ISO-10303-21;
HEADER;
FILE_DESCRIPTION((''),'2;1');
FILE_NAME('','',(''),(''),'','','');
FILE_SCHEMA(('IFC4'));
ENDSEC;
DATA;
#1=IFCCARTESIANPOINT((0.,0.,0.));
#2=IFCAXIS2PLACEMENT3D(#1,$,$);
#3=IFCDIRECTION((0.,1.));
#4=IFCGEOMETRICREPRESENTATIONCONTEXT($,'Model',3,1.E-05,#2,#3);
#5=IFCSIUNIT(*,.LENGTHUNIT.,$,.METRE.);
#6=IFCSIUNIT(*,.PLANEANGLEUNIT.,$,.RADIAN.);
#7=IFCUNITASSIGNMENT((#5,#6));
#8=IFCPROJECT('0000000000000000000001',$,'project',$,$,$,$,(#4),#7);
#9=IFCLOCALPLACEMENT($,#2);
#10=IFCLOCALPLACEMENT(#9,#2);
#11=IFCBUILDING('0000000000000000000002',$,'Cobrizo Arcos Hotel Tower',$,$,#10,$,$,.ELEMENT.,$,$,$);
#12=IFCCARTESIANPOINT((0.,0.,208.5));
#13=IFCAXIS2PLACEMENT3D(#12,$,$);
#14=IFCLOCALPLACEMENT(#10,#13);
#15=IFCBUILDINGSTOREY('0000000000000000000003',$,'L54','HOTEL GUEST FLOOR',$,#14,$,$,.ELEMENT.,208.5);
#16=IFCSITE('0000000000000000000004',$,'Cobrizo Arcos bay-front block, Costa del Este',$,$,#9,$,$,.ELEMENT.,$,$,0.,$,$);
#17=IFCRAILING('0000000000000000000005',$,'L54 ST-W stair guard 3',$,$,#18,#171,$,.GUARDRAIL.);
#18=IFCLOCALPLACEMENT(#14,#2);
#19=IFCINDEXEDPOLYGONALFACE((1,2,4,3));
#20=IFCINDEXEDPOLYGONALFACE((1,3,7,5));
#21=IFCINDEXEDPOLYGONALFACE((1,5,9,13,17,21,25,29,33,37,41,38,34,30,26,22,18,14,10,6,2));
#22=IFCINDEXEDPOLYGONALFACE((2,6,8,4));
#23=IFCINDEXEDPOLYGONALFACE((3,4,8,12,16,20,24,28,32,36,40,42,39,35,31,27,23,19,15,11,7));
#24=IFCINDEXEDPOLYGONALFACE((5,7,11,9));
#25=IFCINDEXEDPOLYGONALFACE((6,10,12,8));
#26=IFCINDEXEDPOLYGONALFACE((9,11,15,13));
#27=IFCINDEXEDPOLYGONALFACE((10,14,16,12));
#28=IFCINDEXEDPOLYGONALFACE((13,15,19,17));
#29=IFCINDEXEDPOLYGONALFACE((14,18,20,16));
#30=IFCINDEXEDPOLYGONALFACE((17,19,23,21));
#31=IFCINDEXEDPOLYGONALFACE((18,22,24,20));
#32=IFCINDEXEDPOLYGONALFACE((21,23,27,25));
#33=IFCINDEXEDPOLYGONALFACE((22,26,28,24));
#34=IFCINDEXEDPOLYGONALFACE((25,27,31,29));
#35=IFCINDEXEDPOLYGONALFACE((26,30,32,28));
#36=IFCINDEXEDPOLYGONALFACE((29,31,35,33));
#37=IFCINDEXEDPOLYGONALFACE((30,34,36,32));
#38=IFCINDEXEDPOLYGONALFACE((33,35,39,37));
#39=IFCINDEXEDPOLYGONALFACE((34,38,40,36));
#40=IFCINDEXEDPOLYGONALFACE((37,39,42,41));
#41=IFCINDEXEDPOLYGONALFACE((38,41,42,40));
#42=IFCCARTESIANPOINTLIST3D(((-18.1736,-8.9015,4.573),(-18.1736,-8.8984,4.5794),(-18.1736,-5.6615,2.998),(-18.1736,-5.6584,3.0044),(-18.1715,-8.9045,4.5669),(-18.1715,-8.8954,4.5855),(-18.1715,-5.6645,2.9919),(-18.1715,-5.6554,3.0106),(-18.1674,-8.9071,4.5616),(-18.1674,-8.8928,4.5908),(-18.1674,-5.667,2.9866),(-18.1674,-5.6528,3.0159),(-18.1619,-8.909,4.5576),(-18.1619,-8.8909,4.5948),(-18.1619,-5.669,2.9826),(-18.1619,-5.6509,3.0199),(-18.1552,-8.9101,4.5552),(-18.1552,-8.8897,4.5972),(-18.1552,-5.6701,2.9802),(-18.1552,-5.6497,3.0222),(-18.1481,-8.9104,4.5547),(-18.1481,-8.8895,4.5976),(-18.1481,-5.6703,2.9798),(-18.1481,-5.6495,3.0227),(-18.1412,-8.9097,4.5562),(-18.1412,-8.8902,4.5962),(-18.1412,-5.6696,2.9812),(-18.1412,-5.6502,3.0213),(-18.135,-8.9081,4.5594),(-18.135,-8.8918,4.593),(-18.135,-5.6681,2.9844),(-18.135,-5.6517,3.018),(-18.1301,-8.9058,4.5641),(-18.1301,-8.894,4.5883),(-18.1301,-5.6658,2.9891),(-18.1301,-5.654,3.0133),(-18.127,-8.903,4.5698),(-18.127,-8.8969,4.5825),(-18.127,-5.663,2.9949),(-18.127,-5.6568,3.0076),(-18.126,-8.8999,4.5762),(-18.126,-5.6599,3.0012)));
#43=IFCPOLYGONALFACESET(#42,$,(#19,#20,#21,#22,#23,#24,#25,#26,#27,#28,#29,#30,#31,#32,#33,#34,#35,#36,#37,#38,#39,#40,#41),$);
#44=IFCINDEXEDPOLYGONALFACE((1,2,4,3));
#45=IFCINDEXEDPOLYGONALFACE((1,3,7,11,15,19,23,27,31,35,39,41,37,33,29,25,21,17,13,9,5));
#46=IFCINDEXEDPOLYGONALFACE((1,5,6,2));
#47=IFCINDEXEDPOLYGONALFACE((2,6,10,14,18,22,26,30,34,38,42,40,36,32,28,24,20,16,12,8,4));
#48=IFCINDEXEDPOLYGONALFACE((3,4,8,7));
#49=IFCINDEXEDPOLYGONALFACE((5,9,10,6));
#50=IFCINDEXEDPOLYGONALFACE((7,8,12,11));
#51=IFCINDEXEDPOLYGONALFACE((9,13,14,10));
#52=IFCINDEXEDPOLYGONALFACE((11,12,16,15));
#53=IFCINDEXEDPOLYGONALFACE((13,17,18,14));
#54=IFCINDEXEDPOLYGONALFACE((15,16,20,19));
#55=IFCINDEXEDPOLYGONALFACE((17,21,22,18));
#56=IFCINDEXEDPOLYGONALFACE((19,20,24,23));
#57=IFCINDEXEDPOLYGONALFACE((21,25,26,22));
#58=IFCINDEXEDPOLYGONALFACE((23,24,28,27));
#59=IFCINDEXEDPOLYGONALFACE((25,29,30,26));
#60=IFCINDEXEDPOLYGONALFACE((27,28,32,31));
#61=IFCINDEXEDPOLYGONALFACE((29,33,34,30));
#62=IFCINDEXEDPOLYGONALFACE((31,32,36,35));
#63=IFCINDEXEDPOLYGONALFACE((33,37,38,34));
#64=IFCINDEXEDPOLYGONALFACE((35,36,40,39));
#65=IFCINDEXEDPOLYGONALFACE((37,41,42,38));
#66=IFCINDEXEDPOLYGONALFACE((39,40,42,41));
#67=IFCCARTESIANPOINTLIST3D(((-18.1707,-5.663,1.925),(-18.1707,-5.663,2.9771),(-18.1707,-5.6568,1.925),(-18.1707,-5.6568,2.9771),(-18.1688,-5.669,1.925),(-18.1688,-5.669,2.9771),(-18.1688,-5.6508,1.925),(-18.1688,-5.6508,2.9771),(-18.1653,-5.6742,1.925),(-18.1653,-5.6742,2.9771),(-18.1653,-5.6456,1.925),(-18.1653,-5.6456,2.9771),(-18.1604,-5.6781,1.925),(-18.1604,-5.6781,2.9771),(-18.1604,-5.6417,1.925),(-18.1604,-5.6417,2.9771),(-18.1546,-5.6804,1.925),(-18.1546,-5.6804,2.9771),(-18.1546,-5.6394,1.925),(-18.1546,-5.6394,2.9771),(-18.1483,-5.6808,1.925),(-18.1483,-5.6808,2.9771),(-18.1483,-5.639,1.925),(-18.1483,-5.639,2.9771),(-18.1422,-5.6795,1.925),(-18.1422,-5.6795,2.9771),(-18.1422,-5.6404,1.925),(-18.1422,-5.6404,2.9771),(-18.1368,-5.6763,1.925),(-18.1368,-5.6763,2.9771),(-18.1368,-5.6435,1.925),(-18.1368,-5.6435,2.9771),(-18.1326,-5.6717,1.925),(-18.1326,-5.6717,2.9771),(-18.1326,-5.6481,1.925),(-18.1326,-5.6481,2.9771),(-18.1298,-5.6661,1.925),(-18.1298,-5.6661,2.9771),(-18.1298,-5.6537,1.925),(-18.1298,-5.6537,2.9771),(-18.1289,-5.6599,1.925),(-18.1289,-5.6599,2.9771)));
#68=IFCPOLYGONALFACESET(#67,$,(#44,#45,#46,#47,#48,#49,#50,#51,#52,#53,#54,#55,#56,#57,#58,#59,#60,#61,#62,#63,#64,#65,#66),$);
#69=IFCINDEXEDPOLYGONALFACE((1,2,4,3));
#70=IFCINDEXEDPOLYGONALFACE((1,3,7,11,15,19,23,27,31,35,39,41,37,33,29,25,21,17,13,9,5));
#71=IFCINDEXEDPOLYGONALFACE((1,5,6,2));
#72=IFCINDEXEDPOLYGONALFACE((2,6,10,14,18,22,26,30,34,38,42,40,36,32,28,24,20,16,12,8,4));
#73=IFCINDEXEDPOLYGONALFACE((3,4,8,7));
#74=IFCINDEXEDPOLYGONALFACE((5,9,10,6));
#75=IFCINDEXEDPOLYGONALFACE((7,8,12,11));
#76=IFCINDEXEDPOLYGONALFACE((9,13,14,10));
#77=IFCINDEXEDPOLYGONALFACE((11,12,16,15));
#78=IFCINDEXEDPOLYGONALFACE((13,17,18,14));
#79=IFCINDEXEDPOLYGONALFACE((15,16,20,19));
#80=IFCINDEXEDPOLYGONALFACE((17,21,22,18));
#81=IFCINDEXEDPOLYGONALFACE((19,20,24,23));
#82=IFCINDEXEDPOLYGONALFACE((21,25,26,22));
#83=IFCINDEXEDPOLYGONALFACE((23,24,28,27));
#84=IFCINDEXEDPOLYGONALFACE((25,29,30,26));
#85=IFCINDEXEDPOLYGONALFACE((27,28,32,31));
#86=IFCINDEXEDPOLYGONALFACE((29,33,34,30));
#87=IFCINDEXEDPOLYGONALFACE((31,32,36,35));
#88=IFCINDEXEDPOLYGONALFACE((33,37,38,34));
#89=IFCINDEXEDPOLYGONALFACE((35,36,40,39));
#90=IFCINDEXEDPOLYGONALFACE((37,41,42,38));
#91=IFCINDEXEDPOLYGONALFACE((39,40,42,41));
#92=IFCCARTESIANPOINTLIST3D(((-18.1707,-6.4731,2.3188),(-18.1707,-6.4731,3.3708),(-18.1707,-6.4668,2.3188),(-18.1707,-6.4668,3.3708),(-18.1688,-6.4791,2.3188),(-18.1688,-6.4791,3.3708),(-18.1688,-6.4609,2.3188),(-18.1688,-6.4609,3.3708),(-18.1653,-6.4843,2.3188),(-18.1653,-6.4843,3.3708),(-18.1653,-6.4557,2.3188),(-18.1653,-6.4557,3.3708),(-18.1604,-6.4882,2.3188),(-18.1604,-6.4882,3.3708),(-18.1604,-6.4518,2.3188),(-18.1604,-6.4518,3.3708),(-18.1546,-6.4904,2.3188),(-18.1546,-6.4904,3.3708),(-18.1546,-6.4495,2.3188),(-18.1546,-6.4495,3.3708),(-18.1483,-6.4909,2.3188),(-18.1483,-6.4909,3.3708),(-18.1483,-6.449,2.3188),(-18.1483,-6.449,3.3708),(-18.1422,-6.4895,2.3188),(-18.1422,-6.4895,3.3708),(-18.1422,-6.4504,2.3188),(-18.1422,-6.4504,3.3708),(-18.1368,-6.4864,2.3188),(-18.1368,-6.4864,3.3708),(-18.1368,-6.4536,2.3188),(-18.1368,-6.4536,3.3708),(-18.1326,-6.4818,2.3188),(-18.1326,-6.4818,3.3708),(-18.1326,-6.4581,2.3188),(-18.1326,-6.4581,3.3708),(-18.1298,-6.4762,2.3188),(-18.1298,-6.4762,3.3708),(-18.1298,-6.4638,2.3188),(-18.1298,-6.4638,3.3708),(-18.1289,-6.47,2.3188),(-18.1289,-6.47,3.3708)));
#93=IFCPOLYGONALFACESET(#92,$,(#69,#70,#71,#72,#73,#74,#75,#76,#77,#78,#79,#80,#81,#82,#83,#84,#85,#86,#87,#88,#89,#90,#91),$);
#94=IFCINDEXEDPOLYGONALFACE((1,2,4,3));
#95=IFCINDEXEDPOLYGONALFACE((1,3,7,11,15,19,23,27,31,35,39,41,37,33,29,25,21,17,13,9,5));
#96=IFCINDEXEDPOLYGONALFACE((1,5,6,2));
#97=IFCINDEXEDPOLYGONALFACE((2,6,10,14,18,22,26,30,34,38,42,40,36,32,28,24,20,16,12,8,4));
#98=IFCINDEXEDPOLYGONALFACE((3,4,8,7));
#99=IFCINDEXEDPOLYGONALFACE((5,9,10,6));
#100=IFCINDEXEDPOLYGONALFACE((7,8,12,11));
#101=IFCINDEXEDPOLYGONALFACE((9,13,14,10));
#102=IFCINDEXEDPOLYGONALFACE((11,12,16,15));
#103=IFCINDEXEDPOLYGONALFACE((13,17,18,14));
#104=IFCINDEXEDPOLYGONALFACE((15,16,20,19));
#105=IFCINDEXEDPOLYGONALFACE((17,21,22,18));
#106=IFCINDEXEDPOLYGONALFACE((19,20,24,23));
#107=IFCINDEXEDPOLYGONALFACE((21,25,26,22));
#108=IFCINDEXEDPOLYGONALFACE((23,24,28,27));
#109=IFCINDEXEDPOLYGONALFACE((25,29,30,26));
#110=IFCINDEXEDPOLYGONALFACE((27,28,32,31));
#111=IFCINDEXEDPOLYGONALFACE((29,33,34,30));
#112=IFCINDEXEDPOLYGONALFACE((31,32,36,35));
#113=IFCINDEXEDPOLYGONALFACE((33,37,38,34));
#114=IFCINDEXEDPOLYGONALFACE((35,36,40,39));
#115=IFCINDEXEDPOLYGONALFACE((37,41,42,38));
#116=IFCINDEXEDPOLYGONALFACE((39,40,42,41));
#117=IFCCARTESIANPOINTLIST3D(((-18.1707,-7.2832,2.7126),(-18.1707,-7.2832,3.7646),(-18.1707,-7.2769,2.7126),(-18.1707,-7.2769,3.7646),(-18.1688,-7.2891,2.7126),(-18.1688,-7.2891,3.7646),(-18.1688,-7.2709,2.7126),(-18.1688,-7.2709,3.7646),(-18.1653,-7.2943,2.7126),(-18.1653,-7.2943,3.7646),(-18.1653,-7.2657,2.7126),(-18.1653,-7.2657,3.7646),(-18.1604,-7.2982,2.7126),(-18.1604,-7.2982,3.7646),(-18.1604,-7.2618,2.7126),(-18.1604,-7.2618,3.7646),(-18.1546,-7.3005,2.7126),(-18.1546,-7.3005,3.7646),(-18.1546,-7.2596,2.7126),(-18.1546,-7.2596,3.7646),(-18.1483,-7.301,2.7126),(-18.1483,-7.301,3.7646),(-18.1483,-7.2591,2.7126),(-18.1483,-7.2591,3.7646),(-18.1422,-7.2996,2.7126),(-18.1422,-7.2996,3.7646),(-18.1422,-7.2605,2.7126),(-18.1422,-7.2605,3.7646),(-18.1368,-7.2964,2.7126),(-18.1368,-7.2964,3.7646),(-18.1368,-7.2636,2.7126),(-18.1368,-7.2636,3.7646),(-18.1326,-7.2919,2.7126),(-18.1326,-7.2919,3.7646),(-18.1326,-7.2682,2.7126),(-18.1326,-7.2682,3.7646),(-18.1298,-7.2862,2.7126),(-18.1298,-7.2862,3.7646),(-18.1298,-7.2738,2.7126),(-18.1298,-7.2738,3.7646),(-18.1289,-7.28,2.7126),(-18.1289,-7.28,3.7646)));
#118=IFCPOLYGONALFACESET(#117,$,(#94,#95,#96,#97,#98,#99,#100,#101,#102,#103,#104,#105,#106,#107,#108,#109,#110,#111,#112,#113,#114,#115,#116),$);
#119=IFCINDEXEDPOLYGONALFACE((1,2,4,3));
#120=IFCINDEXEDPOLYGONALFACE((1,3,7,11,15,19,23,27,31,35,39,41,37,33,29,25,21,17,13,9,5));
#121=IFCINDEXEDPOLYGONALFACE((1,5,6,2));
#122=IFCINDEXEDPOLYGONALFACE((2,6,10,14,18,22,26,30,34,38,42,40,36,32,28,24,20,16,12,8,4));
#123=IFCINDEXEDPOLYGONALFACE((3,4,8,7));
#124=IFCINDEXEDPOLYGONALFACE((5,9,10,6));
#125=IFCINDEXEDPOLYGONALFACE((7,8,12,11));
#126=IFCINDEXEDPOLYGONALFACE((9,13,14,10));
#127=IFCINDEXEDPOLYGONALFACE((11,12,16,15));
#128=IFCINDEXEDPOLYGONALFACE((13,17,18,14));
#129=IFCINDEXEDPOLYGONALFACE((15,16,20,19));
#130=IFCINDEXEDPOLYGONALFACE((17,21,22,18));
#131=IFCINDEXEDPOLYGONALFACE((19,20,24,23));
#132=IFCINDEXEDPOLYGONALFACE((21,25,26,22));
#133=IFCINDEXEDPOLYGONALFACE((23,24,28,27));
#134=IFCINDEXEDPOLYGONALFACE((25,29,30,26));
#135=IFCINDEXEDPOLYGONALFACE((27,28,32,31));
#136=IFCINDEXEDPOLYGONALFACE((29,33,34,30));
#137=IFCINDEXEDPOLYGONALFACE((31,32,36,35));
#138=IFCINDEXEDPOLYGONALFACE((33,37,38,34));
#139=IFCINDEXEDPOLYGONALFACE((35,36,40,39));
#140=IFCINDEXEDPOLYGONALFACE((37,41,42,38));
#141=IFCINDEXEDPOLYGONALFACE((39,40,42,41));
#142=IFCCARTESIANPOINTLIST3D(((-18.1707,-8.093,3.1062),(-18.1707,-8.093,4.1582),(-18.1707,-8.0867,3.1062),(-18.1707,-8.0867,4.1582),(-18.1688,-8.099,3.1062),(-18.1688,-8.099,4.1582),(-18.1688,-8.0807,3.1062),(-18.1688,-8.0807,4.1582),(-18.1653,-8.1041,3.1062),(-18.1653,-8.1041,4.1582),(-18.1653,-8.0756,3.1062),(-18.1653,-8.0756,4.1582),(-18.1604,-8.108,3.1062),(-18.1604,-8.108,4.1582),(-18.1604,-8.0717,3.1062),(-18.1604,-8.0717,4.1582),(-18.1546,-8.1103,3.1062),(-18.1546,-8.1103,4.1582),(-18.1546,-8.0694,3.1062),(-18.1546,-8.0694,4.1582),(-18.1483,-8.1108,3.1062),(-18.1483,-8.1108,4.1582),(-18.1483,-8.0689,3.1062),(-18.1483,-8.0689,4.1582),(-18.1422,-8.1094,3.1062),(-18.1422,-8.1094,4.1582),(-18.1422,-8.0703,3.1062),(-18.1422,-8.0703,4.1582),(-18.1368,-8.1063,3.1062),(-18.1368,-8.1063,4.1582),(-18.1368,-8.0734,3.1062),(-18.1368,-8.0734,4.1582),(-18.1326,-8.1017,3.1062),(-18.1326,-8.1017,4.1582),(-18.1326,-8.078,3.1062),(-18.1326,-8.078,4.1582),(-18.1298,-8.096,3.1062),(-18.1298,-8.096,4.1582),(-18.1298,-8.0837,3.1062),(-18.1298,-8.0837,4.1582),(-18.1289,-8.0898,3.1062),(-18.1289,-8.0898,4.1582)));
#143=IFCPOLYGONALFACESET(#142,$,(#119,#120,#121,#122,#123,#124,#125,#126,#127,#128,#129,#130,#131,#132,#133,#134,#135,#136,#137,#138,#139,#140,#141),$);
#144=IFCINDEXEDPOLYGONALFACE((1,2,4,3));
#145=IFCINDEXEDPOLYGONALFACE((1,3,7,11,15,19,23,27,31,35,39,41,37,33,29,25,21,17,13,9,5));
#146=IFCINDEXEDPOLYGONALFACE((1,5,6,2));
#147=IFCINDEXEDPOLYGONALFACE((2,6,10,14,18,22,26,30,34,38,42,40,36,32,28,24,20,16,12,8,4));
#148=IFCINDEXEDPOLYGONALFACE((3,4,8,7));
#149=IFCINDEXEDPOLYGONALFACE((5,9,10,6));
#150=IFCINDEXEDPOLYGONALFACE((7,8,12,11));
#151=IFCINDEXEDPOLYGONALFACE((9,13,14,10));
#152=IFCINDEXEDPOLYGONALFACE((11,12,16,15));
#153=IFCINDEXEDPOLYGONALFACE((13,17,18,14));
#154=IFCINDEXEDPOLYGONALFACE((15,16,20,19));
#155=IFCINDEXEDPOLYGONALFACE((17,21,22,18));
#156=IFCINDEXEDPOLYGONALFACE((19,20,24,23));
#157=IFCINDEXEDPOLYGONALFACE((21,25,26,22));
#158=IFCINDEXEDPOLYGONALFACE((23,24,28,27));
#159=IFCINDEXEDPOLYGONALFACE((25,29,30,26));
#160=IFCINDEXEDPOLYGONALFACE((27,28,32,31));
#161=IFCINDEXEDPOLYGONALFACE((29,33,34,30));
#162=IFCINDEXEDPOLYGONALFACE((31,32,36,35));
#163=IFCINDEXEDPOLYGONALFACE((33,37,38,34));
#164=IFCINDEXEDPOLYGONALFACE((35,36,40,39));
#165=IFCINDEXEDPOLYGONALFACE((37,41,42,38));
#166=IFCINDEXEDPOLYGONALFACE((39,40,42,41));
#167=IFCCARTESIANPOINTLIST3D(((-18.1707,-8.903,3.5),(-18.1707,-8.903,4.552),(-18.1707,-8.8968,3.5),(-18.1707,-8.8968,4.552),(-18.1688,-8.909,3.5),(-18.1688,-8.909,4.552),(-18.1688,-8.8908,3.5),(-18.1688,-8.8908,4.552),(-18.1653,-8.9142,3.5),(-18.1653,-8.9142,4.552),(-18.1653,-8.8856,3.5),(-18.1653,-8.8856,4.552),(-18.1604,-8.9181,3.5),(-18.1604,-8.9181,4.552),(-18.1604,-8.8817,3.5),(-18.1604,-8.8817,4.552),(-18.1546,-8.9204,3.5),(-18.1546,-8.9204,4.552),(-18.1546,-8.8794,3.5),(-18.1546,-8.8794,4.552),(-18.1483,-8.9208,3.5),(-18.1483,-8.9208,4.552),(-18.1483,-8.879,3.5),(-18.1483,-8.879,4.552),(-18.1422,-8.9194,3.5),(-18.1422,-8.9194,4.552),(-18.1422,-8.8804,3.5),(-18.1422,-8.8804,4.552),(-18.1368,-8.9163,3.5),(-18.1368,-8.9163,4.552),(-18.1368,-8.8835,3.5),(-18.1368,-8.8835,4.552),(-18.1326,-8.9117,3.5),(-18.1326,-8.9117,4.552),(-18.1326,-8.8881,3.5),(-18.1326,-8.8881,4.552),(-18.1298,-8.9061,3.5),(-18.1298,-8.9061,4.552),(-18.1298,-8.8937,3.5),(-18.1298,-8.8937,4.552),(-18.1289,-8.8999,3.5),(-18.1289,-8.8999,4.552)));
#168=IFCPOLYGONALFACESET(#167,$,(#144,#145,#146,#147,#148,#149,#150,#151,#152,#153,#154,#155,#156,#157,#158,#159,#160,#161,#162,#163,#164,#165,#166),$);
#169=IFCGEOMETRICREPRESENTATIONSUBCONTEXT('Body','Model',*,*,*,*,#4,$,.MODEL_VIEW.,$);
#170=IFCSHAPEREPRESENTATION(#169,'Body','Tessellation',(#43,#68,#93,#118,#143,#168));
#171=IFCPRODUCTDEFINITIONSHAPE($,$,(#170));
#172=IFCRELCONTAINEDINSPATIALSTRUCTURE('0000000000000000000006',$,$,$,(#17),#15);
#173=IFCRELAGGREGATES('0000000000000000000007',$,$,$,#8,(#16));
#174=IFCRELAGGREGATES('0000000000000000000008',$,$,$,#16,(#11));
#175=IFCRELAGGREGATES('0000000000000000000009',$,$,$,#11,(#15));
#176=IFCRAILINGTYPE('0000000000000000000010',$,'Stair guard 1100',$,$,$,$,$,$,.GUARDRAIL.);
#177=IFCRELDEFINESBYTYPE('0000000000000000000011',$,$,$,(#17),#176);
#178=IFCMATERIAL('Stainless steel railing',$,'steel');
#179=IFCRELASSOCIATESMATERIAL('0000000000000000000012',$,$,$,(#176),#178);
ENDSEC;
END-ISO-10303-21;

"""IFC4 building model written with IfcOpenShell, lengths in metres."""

from ifc_helpers import new_model, si_unit, direction, frame, origin, origin_2d, place, context, subcontext, project, spatial, circle, extrude, material, type_object, element, save


model = new_model("IFC4")

# Units and contexts
model_context = context("Model", 3, precision=1e-05, world=origin(), true_north=direction((0.0, 1.0)))
body_context = subcontext(model_context, "Body", "Model", "MODEL_VIEW")
ifc_project = project(units=[si_unit("LENGTHUNIT", "METRE"), si_unit("PLANEANGLEUNIT", "RADIAN")], contexts=[model_context])

# Site, building, storey
site_placement = place(None, origin())
site = spatial("IfcSite", under=ifc_project, at=site_placement, Name="Cobrizo Arcos bay-front block, Costa del Este", CompositionType="ELEMENT", RefElevation=0.0)
building_placement = place(site_placement, origin())
building = spatial("IfcBuilding", under=site, at=building_placement, Name="Cobrizo Arcos Hotel Tower", CompositionType="ELEMENT")
storey_placement = place(building_placement, frame((0.0, 0.0, 208.5)))
storey = spatial("IfcBuildingStorey", under=building, at=storey_placement, Name="L54", Description="HOTEL GUEST FLOOR", CompositionType="ELEMENT", Elevation=208.5)

# Railing
ifc_material_1 = material(Name="Stainless steel railing", Category="steel")
railing_type_1 = type_object("IfcRailingType", Name="Stair guard 1100", PredefinedType="GUARDRAIL", material=ifc_material_1)
railing_1_placement = place(storey_placement, frame((-18.1499, -5.6599, 1.925)))
element("IfcRailing", 1, at=railing_1_placement, inside=storey, type_object=railing_type_1, Name="L54 ST-W stair guard 3", PredefinedType="GUARDRAIL", context=body_context, shape_type="SweptSolid", body=[
    extrude(circle(Radius=0.0239, at=origin_2d()), frame((0.0, 0.0, 1.0762), z_axis=(0.0, -0.899373, 0.437183), x_axis=(1.0, 0.0, 0.0)), (0.0, 0.0, 1.0), 3.6025),
    extrude(circle(Radius=0.021, at=origin_2d()), origin(), (0.0, 0.0, 1.0), 1.052),
    extrude(circle(Radius=0.021, at=origin_2d()), frame((0.0, -0.8101, 0.3938)), (0.0, 0.0, 1.0), 1.052),
    extrude(circle(Radius=0.021, at=origin_2d()), frame((0.0, -1.6201, 0.7876)), (0.0, 0.0, 1.0), 1.052),
    extrude(circle(Radius=0.021, at=origin_2d()), frame((0.0, -2.4299, 1.1812)), (0.0, 0.0, 1.0), 1.052),
    extrude(circle(Radius=0.021, at=origin_2d()), frame((0.0, -3.24, 1.575)), (0.0, 0.0, 1.0), 1.052),
])

save(model, "model.ifc")
